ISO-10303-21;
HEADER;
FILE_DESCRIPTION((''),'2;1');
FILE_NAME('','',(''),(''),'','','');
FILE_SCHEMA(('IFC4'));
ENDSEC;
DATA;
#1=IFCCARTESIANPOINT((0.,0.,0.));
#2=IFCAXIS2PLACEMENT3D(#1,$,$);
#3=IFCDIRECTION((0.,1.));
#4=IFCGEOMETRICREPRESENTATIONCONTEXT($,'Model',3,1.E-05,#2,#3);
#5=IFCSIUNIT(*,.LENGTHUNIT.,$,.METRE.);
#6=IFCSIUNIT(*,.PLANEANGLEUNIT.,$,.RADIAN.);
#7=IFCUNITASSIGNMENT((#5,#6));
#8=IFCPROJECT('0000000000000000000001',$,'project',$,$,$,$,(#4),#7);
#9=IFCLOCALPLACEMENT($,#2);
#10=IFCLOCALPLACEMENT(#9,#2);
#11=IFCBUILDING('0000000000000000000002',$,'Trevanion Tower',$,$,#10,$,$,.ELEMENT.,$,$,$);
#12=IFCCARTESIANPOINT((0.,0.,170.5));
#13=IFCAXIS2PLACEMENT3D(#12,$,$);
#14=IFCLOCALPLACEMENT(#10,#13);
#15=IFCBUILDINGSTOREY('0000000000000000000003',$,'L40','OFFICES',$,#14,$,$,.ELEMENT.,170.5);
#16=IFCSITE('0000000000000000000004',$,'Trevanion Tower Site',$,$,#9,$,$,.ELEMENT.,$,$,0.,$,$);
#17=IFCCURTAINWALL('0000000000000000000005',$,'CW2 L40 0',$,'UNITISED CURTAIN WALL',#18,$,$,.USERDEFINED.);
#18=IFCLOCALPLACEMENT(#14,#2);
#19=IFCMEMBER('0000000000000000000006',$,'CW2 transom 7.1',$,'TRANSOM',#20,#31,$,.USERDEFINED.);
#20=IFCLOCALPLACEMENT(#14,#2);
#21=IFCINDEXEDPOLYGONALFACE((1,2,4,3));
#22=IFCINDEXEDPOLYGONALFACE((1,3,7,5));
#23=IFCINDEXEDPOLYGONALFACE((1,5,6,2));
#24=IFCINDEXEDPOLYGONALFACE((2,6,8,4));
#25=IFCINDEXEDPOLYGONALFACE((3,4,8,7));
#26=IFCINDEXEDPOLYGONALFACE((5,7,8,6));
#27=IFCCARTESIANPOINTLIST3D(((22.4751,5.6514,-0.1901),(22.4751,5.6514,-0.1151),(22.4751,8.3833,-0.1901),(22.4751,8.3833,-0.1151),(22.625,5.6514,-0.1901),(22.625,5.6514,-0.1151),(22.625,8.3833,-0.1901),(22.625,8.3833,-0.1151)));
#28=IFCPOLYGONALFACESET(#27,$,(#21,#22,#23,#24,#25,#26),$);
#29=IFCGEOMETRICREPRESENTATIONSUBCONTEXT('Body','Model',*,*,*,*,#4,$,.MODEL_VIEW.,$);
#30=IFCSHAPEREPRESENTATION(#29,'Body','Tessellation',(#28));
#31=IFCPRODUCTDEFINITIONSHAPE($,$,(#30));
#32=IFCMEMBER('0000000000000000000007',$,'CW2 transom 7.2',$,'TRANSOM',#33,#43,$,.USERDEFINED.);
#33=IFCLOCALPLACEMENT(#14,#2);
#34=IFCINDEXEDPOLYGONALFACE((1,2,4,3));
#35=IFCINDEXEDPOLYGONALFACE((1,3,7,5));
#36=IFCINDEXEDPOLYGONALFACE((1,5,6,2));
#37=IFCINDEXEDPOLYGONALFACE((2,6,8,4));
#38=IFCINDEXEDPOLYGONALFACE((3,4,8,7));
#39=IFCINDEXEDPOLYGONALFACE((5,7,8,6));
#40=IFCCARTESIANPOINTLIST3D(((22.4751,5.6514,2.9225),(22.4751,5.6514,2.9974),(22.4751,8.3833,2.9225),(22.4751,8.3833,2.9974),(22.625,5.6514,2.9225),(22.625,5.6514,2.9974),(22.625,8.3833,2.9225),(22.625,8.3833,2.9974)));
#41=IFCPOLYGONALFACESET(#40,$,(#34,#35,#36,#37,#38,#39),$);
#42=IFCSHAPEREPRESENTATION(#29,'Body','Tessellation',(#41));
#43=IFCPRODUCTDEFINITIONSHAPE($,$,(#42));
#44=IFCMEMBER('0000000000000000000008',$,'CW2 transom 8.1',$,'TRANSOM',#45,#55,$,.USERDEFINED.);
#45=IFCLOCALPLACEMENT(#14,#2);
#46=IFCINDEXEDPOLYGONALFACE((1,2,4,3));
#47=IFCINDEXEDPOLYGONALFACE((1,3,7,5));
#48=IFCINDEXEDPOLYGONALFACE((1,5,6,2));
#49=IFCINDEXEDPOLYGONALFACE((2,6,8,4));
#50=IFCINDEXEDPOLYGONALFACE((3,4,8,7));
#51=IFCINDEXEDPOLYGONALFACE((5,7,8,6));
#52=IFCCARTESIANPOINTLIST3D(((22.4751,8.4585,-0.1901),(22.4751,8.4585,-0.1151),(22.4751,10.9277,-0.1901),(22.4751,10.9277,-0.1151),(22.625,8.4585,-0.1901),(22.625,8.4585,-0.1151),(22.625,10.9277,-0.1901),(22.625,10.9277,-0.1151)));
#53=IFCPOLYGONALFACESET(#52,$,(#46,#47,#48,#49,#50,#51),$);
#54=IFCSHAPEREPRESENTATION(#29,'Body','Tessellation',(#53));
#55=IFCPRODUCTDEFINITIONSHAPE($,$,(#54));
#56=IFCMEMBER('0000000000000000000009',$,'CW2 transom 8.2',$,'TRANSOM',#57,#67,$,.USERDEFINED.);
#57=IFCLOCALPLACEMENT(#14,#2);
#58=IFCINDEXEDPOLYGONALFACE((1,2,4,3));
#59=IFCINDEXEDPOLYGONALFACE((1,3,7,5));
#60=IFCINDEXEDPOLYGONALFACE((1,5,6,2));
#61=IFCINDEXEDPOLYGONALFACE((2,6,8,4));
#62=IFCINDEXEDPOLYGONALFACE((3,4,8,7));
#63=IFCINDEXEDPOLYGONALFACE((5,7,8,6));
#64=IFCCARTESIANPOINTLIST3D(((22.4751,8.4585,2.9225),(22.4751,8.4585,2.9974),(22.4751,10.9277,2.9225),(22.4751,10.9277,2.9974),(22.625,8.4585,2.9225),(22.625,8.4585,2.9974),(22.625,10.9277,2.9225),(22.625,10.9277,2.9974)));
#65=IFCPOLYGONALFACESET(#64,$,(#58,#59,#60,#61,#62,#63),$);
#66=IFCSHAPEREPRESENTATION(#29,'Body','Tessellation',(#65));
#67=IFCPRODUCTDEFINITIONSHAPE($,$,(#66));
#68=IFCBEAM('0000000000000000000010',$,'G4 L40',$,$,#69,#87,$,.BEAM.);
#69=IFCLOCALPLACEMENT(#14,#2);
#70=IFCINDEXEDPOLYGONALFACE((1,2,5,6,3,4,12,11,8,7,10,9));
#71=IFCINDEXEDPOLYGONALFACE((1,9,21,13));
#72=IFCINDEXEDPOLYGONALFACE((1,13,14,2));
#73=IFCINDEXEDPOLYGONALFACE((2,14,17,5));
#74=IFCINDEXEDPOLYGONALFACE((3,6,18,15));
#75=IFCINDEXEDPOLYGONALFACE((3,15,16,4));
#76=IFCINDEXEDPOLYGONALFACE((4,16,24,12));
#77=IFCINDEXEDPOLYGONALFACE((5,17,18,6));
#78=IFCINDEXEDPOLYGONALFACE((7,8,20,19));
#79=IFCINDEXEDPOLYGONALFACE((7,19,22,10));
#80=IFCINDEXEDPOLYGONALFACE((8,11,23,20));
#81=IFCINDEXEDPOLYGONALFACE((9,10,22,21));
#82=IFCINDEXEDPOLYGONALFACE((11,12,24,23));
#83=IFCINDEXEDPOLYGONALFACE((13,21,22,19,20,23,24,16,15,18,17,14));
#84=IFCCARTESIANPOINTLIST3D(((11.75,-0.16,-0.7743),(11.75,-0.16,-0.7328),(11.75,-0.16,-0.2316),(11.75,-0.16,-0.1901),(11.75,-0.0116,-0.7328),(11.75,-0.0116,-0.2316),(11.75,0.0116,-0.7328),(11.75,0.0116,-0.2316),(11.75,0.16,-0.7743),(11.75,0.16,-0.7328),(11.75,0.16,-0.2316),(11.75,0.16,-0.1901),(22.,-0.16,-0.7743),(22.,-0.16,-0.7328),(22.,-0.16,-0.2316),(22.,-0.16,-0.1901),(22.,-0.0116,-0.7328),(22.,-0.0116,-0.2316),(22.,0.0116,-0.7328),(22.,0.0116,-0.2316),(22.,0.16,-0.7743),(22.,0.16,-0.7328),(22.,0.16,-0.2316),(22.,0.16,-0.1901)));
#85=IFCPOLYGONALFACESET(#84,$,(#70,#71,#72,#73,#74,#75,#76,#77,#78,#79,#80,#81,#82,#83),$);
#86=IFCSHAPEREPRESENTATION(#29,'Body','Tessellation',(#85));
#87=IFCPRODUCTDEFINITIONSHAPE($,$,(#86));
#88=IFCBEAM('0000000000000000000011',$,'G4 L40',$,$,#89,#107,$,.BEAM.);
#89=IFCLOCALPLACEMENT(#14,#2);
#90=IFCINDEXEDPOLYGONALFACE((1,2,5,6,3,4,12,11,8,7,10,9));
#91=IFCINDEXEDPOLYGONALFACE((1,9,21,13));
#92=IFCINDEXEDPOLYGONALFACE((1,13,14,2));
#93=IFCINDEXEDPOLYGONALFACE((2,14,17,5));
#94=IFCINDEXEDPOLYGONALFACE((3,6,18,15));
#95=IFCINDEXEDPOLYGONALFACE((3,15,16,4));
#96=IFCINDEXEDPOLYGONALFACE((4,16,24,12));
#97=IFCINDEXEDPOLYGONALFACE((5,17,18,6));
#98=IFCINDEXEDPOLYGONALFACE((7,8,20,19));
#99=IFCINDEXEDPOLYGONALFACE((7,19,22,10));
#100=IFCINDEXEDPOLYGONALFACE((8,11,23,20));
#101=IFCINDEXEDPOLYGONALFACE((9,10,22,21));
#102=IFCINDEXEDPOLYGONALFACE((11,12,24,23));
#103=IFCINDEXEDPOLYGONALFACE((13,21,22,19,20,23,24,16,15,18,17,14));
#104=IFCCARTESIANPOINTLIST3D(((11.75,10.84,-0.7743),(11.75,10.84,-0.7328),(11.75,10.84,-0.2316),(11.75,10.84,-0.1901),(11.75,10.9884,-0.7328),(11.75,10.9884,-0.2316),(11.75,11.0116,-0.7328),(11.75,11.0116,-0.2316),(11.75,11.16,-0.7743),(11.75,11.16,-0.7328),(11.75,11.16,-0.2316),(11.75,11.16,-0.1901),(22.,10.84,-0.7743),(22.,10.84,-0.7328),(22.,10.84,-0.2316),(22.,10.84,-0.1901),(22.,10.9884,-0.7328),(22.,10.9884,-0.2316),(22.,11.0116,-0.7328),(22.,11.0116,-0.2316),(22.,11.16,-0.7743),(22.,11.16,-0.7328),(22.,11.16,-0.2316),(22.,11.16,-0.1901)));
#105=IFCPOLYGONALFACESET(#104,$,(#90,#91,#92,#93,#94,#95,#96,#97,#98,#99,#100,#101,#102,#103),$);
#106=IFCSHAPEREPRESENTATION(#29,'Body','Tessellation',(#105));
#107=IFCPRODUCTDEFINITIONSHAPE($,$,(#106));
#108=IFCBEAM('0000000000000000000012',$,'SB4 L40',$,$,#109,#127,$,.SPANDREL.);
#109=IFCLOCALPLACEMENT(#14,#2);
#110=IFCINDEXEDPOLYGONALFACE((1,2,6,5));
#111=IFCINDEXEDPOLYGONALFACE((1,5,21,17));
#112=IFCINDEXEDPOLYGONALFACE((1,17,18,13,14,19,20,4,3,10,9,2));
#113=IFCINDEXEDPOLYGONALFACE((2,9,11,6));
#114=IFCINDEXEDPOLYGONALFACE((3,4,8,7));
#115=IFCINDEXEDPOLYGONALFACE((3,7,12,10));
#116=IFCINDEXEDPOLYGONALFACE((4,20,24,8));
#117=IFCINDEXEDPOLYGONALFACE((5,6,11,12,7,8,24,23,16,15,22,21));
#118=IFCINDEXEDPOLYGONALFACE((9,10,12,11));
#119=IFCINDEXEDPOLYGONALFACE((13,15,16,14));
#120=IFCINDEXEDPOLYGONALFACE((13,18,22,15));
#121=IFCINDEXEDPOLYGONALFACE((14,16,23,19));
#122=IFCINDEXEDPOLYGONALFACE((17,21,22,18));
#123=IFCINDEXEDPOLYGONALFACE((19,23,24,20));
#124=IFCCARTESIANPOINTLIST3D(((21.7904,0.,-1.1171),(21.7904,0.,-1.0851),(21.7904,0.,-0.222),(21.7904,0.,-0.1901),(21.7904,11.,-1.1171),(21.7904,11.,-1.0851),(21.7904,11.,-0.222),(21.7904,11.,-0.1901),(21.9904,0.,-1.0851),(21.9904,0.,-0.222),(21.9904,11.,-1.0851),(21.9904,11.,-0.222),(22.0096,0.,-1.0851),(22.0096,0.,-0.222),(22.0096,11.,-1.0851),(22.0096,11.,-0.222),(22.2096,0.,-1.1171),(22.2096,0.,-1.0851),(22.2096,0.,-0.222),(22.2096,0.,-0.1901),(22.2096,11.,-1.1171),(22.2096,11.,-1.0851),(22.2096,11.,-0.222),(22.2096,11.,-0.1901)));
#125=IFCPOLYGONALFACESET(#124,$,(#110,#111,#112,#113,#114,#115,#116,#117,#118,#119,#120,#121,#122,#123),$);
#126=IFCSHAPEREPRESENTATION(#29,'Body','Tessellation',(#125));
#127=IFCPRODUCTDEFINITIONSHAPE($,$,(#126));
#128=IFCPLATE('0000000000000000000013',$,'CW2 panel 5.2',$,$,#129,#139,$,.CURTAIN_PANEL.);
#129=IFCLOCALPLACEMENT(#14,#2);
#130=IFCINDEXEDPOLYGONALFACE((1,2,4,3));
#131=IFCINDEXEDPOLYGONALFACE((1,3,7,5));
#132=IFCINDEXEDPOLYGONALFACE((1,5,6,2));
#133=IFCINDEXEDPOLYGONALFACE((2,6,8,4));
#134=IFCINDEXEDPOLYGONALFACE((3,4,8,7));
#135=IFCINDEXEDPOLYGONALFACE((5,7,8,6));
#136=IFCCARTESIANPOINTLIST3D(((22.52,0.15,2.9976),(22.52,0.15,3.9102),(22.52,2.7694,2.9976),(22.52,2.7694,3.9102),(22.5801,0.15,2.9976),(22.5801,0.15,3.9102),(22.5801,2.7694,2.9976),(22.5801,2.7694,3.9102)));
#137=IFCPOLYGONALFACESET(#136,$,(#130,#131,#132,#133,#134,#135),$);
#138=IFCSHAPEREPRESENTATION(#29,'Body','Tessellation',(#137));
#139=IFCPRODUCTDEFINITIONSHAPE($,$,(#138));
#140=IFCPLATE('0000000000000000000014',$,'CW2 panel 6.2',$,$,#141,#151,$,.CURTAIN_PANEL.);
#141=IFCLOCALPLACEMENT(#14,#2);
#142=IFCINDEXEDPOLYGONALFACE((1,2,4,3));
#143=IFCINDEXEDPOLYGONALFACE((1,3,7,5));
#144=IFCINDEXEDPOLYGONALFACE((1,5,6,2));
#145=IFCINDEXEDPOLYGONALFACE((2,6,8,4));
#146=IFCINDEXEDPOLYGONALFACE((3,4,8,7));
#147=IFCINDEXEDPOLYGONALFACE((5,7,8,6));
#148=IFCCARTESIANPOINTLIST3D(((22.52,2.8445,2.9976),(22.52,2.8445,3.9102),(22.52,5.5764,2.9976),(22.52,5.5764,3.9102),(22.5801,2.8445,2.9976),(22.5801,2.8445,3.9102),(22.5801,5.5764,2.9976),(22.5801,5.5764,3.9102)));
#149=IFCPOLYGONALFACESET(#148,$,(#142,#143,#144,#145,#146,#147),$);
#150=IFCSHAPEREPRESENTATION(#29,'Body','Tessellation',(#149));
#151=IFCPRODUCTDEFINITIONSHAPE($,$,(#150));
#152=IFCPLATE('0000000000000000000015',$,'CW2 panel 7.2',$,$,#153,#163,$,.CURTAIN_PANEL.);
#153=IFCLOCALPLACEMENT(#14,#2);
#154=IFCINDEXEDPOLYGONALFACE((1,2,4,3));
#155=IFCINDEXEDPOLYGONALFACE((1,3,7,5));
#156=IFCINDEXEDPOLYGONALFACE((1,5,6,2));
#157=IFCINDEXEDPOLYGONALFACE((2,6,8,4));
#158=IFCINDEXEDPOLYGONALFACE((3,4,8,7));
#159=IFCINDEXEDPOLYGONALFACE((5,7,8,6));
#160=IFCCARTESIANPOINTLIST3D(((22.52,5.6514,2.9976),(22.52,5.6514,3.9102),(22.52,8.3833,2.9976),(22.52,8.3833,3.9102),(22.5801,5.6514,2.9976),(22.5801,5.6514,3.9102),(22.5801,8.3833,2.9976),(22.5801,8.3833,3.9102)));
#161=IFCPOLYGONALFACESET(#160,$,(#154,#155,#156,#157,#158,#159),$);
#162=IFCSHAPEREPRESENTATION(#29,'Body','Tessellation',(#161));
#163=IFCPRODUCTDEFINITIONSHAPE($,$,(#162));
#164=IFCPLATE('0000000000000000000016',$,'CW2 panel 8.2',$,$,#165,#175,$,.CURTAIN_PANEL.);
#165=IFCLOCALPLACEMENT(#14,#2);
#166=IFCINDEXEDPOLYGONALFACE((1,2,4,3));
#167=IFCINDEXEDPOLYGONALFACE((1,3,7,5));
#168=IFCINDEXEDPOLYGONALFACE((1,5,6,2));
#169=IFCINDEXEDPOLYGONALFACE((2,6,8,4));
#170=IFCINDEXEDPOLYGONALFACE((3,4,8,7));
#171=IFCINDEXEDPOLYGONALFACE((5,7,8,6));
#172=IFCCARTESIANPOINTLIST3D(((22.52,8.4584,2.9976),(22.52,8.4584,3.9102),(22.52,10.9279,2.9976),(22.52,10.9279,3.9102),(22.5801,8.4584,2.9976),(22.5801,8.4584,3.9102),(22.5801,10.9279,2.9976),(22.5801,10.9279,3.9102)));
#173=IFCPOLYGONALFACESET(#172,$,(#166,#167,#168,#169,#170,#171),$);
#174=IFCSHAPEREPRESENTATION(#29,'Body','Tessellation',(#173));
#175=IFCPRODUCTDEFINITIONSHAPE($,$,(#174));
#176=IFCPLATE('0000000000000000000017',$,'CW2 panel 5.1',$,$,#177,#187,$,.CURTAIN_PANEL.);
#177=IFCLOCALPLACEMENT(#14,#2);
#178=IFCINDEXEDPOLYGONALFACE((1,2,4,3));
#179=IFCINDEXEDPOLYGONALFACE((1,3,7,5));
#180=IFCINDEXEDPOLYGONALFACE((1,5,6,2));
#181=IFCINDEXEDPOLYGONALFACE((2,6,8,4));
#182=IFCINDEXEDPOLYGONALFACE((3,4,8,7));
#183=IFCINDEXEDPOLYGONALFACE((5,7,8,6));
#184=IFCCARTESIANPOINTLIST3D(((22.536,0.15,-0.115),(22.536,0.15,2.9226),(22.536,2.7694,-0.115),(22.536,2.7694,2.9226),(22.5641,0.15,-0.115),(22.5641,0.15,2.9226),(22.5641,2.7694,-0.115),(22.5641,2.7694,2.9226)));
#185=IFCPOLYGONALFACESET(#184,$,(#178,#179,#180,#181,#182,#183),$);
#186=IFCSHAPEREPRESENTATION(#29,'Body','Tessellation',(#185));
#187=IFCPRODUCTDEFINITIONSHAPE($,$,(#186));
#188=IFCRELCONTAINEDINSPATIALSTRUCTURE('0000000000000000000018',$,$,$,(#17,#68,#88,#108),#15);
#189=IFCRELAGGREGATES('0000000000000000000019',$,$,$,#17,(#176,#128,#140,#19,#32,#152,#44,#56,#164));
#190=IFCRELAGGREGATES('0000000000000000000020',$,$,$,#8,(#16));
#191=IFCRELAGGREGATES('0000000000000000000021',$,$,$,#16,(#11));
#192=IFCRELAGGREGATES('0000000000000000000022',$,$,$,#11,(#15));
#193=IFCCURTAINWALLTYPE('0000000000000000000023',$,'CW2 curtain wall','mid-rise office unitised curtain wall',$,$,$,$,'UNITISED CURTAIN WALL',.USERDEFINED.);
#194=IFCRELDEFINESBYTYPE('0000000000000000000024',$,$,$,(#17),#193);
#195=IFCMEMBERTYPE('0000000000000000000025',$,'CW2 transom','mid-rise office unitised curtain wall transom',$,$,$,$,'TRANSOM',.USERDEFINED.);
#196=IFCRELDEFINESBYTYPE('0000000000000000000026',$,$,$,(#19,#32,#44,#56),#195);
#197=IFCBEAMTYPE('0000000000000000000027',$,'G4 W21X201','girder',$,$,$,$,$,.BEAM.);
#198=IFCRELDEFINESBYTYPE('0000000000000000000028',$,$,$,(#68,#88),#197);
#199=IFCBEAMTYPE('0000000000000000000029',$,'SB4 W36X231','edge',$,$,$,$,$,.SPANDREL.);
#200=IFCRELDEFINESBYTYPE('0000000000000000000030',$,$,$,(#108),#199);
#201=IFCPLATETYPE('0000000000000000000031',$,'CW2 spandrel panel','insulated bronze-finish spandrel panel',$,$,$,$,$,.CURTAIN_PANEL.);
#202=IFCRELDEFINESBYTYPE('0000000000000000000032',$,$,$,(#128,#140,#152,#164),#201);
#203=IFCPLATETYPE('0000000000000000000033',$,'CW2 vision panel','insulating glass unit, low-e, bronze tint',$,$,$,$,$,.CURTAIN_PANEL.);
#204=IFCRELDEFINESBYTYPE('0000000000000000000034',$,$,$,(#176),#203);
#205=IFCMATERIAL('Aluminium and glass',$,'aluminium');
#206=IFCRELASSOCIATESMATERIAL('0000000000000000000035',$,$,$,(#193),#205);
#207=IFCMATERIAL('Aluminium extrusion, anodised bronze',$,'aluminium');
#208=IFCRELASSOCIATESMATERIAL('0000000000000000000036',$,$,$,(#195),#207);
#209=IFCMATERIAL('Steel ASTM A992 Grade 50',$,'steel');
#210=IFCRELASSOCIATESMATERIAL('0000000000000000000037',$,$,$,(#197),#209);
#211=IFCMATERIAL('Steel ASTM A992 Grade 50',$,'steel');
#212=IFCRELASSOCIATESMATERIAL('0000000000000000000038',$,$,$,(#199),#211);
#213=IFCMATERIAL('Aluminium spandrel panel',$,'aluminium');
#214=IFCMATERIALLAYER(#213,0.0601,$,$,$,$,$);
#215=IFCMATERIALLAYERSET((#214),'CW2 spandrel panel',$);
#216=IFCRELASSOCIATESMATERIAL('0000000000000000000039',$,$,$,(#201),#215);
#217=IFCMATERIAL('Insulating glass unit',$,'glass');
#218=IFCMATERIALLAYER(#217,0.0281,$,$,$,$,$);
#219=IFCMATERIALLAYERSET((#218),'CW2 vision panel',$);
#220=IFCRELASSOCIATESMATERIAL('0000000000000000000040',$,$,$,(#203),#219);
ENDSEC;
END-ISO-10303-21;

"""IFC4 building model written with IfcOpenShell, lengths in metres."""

from ifc_helpers import new_model, si_unit, direction, frame, origin, origin_2d, place, context, subcontext, project, spatial, rectangle, i_section, extrude, material, layer, layer_set, material_profile, profile_set, type_object, element, aggregate, save


model = new_model("IFC4")

# Units and contexts
model_context = context("Model", 3, precision=1e-05, world=origin(), true_north=direction((0.0, 1.0)))
body_context = subcontext(model_context, "Body", "Model", "MODEL_VIEW")
ifc_project = project(units=[si_unit("LENGTHUNIT", "METRE"), si_unit("PLANEANGLEUNIT", "RADIAN")], contexts=[model_context])

# Site, building, storey
site_placement = place(None, origin())
site = spatial("IfcSite", under=ifc_project, at=site_placement, Name="Trevanion Tower Site", CompositionType="ELEMENT", RefElevation=0.0)
building_placement = place(site_placement, origin())
building = spatial("IfcBuilding", under=site, at=building_placement, Name="Trevanion Tower", CompositionType="ELEMENT")
storey_placement = place(building_placement, frame((0.0, 0.0, 170.5)))
storey = spatial("IfcBuildingStorey", under=building, at=storey_placement, Name="L40", Description="OFFICES", CompositionType="ELEMENT", Elevation=170.5)

# Curtain wall, members
ifc_material_1 = material(Name="Aluminium and glass", Category="aluminium")
curtain_wall_type = type_object("IfcCurtainWallType", Name="CW2 curtain wall", Description="mid-rise office unitised curtain wall", ElementType="UNITISED CURTAIN WALL", PredefinedType="USERDEFINED", material=ifc_material_1)
curtain_wall_placement = place(storey_placement, origin())
curtain_wall = element("IfcCurtainWall", 1, at=curtain_wall_placement, inside=storey, type_object=curtain_wall_type, Name="CW2 L40 0", ObjectType="UNITISED CURTAIN WALL", PredefinedType="USERDEFINED")
ifc_material_2 = material(Name="Aluminium extrusion, anodised bronze", Category="aluminium")
ifc_material_profile_1 = material_profile(ifc_material_2, rectangle(XDim=0.1499, YDim=0.075, at=origin_2d()), Name="CW2 transom")
ifc_profile_set_1 = profile_set([ifc_material_profile_1], Name="Aluminium extrusion, anodised bronze")
member_type_1 = type_object("IfcMemberType", Name="CW2 transom", Description="mid-rise office unitised curtain wall transom", ElementType="TRANSOM", PredefinedType="USERDEFINED", material=ifc_profile_set_1)
member_1_placement = place(storey_placement, frame((22.55, 5.6514, -0.1526), z_axis=(0.0, 1.0, 0.0), x_axis=(-1.0, 0.0, 0.0)))
member_1 = element("IfcMember", 2, at=member_1_placement, type_object=member_type_1, Name="CW2 transom 7.1", ObjectType="TRANSOM", PredefinedType="USERDEFINED", context=body_context, shape_type="SweptSolid", body=[
    extrude(rectangle(XDim=0.1499, YDim=0.075, at=origin_2d()), origin(), (0.0, 0.0, 1.0), 2.7319),
])
member_2_placement = place(storey_placement, frame((22.55, 5.6514, 2.96), z_axis=(0.0, 1.0, 0.0), x_axis=(-1.0, 0.0, 0.0)))
member_2 = element("IfcMember", 3, at=member_2_placement, type_object=member_type_1, Name="CW2 transom 7.2", ObjectType="TRANSOM", PredefinedType="USERDEFINED", context=body_context, shape_type="SweptSolid", body=[
    extrude(rectangle(XDim=0.1499, YDim=0.075, at=origin_2d()), origin(), (0.0, 0.0, 1.0), 2.7319),
])
member_3_placement = place(storey_placement, frame((22.55, 8.4585, -0.1526), z_axis=(0.0, 1.0, 0.0), x_axis=(-1.0, 0.0, 0.0)))
member_3 = element("IfcMember", 4, at=member_3_placement, type_object=member_type_1, Name="CW2 transom 8.1", ObjectType="TRANSOM", PredefinedType="USERDEFINED", context=body_context, shape_type="SweptSolid", body=[
    extrude(rectangle(XDim=0.1499, YDim=0.075, at=origin_2d()), origin(), (0.0, 0.0, 1.0), 2.4692),
])
member_4_placement = place(storey_placement, frame((22.55, 8.4585, 2.96), z_axis=(0.0, 1.0, 0.0), x_axis=(-1.0, 0.0, 0.0)))
member_4 = element("IfcMember", 5, at=member_4_placement, type_object=member_type_1, Name="CW2 transom 8.2", ObjectType="TRANSOM", PredefinedType="USERDEFINED", context=body_context, shape_type="SweptSolid", body=[
    extrude(rectangle(XDim=0.1499, YDim=0.075, at=origin_2d()), origin(), (0.0, 0.0, 1.0), 2.4692),
])

# Beams
ifc_material_3 = material(Name="Steel ASTM A992 Grade 50", Category="steel")
ifc_material_profile_2 = material_profile(ifc_material_3, i_section(OverallWidth=0.3201, OverallDepth=0.5842, WebThickness=0.0232, FlangeThickness=0.0415, at=origin_2d()), Name="W21X201")
ifc_profile_set_2 = profile_set([ifc_material_profile_2], Name="Steel ASTM A992 Grade 50")
beam_type_1 = type_object("IfcBeamType", Name="G4 W21X201", Description="girder", PredefinedType="BEAM", material=ifc_profile_set_2)
for number, where, z_axis, x_axis, name in (
    (6, (11.75, 0.0, -0.4822), (1.0, 0.0, 0.0), (0.0, 1.0, 0.0), "G4 L40"),
    (7, (11.75, 11.0, -0.4822), (1.0, 0.0, 0.0), (0.0, 1.0, 0.0), "G4 L40"),
):
    element("IfcBeam", number, at=place(storey_placement, frame(where, z_axis=z_axis, x_axis=x_axis)), inside=storey, type_object=beam_type_1, Name=name, PredefinedType="BEAM", context=body_context, shape_type="SweptSolid", body=[
        extrude(i_section(OverallWidth=0.3201, OverallDepth=0.5842, WebThickness=0.0232, FlangeThickness=0.0415, at=origin_2d()), origin(), (0.0, 0.0, 1.0), 10.25),
    ])
ifc_material_4 = material(Name="Steel ASTM A992 Grade 50", Category="steel")
ifc_material_profile_3 = material_profile(ifc_material_4, i_section(OverallWidth=0.4192, OverallDepth=0.927, WebThickness=0.0193, FlangeThickness=0.032, at=origin_2d()), Name="W36X231")
ifc_profile_set_3 = profile_set([ifc_material_profile_3], Name="Steel ASTM A992 Grade 50")
beam_type_2 = type_object("IfcBeamType", Name="SB4 W36X231", Description="edge", PredefinedType="SPANDREL", material=ifc_profile_set_3)
beam_placement = place(storey_placement, frame((22.0, 0.0, -0.6536), z_axis=(0.0, 1.0, 0.0), x_axis=(-1.0, 0.0, 0.0)))
element("IfcBeam", 8, at=beam_placement, inside=storey, type_object=beam_type_2, Name="SB4 L40", PredefinedType="SPANDREL", context=body_context, shape_type="SweptSolid", body=[
    extrude(i_section(OverallWidth=0.4192, OverallDepth=0.927, WebThickness=0.0193, FlangeThickness=0.032, at=origin_2d()), origin(), (0.0, 0.0, 1.0), 11.0),
])

# Plates
ifc_material_5 = material(Name="Aluminium spandrel panel", Category="aluminium")
ifc_layer_1 = layer(ifc_material_5, 0.0601)
ifc_layer_set_1 = layer_set([ifc_layer_1], Name="CW2 spandrel panel")
plate_type_1 = type_object("IfcPlateType", Name="CW2 spandrel panel", Description="insulated bronze-finish spandrel panel", PredefinedType="CURTAIN_PANEL", material=ifc_layer_set_1)
plate_1_placement = place(storey_placement, frame((22.55, 1.4597, 2.9976), z_axis=(0.0, 0.0, 1.0), x_axis=(0.0, 1.0, 0.0)))
plate_1 = element("IfcPlate", 9, at=plate_1_placement, type_object=plate_type_1, Name="CW2 panel 5.2", PredefinedType="CURTAIN_PANEL", context=body_context, shape_type="SweptSolid", body=[
    extrude(rectangle(XDim=2.6194, YDim=0.0601, at=origin_2d()), origin(), (0.0, 0.0, 1.0), 0.9126),
])
plate_2_placement = place(storey_placement, frame((22.55, 4.2104, 2.9976), z_axis=(0.0, 0.0, 1.0), x_axis=(0.0, 1.0, 0.0)))
plate_2 = element("IfcPlate", 10, at=plate_2_placement, type_object=plate_type_1, Name="CW2 panel 6.2", PredefinedType="CURTAIN_PANEL", context=body_context, shape_type="SweptSolid", body=[
    extrude(rectangle(XDim=2.7319, YDim=0.0601, at=origin_2d()), origin(), (0.0, 0.0, 1.0), 0.9126),
])
plate_3_placement = place(storey_placement, frame((22.55, 7.0173, 2.9976), z_axis=(0.0, 0.0, 1.0), x_axis=(0.0, 1.0, 0.0)))
plate_3 = element("IfcPlate", 11, at=plate_3_placement, type_object=plate_type_1, Name="CW2 panel 7.2", PredefinedType="CURTAIN_PANEL", context=body_context, shape_type="SweptSolid", body=[
    extrude(rectangle(XDim=2.7319, YDim=0.0601, at=origin_2d()), origin(), (0.0, 0.0, 1.0), 0.9126),
])
plate_4_placement = place(storey_placement, frame((22.55, 9.6931, 2.9976), z_axis=(0.0, 0.0, 1.0), x_axis=(0.0, 1.0, 0.0)))
plate_4 = element("IfcPlate", 12, at=plate_4_placement, type_object=plate_type_1, Name="CW2 panel 8.2", PredefinedType="CURTAIN_PANEL", context=body_context, shape_type="SweptSolid", body=[
    extrude(rectangle(XDim=2.4695, YDim=0.0601, at=origin_2d()), origin(), (0.0, 0.0, 1.0), 0.9126),
])
ifc_material_6 = material(Name="Insulating glass unit", Category="glass")
ifc_layer_2 = layer(ifc_material_6, 0.0281)
ifc_layer_set_2 = layer_set([ifc_layer_2], Name="CW2 vision panel")
plate_type_2 = type_object("IfcPlateType", Name="CW2 vision panel", Description="insulating glass unit, low-e, bronze tint", PredefinedType="CURTAIN_PANEL", material=ifc_layer_set_2)
plate_5_placement = place(storey_placement, frame((22.55, 1.4597, -0.115), z_axis=(0.0, 0.0, 1.0), x_axis=(0.0, 1.0, 0.0)))
plate_5 = element("IfcPlate", 13, at=plate_5_placement, type_object=plate_type_2, Name="CW2 panel 5.1", PredefinedType="CURTAIN_PANEL", context=body_context, shape_type="SweptSolid", body=[
    extrude(rectangle(XDim=2.6194, YDim=0.0281, at=origin_2d()), origin(), (0.0, 0.0, 1.0), 3.0376),
])
aggregate(curtain_wall, [plate_5, plate_1, plate_2, member_1, member_2, plate_3, member_3, member_4, plate_4])

save(model, "model.ifc")
